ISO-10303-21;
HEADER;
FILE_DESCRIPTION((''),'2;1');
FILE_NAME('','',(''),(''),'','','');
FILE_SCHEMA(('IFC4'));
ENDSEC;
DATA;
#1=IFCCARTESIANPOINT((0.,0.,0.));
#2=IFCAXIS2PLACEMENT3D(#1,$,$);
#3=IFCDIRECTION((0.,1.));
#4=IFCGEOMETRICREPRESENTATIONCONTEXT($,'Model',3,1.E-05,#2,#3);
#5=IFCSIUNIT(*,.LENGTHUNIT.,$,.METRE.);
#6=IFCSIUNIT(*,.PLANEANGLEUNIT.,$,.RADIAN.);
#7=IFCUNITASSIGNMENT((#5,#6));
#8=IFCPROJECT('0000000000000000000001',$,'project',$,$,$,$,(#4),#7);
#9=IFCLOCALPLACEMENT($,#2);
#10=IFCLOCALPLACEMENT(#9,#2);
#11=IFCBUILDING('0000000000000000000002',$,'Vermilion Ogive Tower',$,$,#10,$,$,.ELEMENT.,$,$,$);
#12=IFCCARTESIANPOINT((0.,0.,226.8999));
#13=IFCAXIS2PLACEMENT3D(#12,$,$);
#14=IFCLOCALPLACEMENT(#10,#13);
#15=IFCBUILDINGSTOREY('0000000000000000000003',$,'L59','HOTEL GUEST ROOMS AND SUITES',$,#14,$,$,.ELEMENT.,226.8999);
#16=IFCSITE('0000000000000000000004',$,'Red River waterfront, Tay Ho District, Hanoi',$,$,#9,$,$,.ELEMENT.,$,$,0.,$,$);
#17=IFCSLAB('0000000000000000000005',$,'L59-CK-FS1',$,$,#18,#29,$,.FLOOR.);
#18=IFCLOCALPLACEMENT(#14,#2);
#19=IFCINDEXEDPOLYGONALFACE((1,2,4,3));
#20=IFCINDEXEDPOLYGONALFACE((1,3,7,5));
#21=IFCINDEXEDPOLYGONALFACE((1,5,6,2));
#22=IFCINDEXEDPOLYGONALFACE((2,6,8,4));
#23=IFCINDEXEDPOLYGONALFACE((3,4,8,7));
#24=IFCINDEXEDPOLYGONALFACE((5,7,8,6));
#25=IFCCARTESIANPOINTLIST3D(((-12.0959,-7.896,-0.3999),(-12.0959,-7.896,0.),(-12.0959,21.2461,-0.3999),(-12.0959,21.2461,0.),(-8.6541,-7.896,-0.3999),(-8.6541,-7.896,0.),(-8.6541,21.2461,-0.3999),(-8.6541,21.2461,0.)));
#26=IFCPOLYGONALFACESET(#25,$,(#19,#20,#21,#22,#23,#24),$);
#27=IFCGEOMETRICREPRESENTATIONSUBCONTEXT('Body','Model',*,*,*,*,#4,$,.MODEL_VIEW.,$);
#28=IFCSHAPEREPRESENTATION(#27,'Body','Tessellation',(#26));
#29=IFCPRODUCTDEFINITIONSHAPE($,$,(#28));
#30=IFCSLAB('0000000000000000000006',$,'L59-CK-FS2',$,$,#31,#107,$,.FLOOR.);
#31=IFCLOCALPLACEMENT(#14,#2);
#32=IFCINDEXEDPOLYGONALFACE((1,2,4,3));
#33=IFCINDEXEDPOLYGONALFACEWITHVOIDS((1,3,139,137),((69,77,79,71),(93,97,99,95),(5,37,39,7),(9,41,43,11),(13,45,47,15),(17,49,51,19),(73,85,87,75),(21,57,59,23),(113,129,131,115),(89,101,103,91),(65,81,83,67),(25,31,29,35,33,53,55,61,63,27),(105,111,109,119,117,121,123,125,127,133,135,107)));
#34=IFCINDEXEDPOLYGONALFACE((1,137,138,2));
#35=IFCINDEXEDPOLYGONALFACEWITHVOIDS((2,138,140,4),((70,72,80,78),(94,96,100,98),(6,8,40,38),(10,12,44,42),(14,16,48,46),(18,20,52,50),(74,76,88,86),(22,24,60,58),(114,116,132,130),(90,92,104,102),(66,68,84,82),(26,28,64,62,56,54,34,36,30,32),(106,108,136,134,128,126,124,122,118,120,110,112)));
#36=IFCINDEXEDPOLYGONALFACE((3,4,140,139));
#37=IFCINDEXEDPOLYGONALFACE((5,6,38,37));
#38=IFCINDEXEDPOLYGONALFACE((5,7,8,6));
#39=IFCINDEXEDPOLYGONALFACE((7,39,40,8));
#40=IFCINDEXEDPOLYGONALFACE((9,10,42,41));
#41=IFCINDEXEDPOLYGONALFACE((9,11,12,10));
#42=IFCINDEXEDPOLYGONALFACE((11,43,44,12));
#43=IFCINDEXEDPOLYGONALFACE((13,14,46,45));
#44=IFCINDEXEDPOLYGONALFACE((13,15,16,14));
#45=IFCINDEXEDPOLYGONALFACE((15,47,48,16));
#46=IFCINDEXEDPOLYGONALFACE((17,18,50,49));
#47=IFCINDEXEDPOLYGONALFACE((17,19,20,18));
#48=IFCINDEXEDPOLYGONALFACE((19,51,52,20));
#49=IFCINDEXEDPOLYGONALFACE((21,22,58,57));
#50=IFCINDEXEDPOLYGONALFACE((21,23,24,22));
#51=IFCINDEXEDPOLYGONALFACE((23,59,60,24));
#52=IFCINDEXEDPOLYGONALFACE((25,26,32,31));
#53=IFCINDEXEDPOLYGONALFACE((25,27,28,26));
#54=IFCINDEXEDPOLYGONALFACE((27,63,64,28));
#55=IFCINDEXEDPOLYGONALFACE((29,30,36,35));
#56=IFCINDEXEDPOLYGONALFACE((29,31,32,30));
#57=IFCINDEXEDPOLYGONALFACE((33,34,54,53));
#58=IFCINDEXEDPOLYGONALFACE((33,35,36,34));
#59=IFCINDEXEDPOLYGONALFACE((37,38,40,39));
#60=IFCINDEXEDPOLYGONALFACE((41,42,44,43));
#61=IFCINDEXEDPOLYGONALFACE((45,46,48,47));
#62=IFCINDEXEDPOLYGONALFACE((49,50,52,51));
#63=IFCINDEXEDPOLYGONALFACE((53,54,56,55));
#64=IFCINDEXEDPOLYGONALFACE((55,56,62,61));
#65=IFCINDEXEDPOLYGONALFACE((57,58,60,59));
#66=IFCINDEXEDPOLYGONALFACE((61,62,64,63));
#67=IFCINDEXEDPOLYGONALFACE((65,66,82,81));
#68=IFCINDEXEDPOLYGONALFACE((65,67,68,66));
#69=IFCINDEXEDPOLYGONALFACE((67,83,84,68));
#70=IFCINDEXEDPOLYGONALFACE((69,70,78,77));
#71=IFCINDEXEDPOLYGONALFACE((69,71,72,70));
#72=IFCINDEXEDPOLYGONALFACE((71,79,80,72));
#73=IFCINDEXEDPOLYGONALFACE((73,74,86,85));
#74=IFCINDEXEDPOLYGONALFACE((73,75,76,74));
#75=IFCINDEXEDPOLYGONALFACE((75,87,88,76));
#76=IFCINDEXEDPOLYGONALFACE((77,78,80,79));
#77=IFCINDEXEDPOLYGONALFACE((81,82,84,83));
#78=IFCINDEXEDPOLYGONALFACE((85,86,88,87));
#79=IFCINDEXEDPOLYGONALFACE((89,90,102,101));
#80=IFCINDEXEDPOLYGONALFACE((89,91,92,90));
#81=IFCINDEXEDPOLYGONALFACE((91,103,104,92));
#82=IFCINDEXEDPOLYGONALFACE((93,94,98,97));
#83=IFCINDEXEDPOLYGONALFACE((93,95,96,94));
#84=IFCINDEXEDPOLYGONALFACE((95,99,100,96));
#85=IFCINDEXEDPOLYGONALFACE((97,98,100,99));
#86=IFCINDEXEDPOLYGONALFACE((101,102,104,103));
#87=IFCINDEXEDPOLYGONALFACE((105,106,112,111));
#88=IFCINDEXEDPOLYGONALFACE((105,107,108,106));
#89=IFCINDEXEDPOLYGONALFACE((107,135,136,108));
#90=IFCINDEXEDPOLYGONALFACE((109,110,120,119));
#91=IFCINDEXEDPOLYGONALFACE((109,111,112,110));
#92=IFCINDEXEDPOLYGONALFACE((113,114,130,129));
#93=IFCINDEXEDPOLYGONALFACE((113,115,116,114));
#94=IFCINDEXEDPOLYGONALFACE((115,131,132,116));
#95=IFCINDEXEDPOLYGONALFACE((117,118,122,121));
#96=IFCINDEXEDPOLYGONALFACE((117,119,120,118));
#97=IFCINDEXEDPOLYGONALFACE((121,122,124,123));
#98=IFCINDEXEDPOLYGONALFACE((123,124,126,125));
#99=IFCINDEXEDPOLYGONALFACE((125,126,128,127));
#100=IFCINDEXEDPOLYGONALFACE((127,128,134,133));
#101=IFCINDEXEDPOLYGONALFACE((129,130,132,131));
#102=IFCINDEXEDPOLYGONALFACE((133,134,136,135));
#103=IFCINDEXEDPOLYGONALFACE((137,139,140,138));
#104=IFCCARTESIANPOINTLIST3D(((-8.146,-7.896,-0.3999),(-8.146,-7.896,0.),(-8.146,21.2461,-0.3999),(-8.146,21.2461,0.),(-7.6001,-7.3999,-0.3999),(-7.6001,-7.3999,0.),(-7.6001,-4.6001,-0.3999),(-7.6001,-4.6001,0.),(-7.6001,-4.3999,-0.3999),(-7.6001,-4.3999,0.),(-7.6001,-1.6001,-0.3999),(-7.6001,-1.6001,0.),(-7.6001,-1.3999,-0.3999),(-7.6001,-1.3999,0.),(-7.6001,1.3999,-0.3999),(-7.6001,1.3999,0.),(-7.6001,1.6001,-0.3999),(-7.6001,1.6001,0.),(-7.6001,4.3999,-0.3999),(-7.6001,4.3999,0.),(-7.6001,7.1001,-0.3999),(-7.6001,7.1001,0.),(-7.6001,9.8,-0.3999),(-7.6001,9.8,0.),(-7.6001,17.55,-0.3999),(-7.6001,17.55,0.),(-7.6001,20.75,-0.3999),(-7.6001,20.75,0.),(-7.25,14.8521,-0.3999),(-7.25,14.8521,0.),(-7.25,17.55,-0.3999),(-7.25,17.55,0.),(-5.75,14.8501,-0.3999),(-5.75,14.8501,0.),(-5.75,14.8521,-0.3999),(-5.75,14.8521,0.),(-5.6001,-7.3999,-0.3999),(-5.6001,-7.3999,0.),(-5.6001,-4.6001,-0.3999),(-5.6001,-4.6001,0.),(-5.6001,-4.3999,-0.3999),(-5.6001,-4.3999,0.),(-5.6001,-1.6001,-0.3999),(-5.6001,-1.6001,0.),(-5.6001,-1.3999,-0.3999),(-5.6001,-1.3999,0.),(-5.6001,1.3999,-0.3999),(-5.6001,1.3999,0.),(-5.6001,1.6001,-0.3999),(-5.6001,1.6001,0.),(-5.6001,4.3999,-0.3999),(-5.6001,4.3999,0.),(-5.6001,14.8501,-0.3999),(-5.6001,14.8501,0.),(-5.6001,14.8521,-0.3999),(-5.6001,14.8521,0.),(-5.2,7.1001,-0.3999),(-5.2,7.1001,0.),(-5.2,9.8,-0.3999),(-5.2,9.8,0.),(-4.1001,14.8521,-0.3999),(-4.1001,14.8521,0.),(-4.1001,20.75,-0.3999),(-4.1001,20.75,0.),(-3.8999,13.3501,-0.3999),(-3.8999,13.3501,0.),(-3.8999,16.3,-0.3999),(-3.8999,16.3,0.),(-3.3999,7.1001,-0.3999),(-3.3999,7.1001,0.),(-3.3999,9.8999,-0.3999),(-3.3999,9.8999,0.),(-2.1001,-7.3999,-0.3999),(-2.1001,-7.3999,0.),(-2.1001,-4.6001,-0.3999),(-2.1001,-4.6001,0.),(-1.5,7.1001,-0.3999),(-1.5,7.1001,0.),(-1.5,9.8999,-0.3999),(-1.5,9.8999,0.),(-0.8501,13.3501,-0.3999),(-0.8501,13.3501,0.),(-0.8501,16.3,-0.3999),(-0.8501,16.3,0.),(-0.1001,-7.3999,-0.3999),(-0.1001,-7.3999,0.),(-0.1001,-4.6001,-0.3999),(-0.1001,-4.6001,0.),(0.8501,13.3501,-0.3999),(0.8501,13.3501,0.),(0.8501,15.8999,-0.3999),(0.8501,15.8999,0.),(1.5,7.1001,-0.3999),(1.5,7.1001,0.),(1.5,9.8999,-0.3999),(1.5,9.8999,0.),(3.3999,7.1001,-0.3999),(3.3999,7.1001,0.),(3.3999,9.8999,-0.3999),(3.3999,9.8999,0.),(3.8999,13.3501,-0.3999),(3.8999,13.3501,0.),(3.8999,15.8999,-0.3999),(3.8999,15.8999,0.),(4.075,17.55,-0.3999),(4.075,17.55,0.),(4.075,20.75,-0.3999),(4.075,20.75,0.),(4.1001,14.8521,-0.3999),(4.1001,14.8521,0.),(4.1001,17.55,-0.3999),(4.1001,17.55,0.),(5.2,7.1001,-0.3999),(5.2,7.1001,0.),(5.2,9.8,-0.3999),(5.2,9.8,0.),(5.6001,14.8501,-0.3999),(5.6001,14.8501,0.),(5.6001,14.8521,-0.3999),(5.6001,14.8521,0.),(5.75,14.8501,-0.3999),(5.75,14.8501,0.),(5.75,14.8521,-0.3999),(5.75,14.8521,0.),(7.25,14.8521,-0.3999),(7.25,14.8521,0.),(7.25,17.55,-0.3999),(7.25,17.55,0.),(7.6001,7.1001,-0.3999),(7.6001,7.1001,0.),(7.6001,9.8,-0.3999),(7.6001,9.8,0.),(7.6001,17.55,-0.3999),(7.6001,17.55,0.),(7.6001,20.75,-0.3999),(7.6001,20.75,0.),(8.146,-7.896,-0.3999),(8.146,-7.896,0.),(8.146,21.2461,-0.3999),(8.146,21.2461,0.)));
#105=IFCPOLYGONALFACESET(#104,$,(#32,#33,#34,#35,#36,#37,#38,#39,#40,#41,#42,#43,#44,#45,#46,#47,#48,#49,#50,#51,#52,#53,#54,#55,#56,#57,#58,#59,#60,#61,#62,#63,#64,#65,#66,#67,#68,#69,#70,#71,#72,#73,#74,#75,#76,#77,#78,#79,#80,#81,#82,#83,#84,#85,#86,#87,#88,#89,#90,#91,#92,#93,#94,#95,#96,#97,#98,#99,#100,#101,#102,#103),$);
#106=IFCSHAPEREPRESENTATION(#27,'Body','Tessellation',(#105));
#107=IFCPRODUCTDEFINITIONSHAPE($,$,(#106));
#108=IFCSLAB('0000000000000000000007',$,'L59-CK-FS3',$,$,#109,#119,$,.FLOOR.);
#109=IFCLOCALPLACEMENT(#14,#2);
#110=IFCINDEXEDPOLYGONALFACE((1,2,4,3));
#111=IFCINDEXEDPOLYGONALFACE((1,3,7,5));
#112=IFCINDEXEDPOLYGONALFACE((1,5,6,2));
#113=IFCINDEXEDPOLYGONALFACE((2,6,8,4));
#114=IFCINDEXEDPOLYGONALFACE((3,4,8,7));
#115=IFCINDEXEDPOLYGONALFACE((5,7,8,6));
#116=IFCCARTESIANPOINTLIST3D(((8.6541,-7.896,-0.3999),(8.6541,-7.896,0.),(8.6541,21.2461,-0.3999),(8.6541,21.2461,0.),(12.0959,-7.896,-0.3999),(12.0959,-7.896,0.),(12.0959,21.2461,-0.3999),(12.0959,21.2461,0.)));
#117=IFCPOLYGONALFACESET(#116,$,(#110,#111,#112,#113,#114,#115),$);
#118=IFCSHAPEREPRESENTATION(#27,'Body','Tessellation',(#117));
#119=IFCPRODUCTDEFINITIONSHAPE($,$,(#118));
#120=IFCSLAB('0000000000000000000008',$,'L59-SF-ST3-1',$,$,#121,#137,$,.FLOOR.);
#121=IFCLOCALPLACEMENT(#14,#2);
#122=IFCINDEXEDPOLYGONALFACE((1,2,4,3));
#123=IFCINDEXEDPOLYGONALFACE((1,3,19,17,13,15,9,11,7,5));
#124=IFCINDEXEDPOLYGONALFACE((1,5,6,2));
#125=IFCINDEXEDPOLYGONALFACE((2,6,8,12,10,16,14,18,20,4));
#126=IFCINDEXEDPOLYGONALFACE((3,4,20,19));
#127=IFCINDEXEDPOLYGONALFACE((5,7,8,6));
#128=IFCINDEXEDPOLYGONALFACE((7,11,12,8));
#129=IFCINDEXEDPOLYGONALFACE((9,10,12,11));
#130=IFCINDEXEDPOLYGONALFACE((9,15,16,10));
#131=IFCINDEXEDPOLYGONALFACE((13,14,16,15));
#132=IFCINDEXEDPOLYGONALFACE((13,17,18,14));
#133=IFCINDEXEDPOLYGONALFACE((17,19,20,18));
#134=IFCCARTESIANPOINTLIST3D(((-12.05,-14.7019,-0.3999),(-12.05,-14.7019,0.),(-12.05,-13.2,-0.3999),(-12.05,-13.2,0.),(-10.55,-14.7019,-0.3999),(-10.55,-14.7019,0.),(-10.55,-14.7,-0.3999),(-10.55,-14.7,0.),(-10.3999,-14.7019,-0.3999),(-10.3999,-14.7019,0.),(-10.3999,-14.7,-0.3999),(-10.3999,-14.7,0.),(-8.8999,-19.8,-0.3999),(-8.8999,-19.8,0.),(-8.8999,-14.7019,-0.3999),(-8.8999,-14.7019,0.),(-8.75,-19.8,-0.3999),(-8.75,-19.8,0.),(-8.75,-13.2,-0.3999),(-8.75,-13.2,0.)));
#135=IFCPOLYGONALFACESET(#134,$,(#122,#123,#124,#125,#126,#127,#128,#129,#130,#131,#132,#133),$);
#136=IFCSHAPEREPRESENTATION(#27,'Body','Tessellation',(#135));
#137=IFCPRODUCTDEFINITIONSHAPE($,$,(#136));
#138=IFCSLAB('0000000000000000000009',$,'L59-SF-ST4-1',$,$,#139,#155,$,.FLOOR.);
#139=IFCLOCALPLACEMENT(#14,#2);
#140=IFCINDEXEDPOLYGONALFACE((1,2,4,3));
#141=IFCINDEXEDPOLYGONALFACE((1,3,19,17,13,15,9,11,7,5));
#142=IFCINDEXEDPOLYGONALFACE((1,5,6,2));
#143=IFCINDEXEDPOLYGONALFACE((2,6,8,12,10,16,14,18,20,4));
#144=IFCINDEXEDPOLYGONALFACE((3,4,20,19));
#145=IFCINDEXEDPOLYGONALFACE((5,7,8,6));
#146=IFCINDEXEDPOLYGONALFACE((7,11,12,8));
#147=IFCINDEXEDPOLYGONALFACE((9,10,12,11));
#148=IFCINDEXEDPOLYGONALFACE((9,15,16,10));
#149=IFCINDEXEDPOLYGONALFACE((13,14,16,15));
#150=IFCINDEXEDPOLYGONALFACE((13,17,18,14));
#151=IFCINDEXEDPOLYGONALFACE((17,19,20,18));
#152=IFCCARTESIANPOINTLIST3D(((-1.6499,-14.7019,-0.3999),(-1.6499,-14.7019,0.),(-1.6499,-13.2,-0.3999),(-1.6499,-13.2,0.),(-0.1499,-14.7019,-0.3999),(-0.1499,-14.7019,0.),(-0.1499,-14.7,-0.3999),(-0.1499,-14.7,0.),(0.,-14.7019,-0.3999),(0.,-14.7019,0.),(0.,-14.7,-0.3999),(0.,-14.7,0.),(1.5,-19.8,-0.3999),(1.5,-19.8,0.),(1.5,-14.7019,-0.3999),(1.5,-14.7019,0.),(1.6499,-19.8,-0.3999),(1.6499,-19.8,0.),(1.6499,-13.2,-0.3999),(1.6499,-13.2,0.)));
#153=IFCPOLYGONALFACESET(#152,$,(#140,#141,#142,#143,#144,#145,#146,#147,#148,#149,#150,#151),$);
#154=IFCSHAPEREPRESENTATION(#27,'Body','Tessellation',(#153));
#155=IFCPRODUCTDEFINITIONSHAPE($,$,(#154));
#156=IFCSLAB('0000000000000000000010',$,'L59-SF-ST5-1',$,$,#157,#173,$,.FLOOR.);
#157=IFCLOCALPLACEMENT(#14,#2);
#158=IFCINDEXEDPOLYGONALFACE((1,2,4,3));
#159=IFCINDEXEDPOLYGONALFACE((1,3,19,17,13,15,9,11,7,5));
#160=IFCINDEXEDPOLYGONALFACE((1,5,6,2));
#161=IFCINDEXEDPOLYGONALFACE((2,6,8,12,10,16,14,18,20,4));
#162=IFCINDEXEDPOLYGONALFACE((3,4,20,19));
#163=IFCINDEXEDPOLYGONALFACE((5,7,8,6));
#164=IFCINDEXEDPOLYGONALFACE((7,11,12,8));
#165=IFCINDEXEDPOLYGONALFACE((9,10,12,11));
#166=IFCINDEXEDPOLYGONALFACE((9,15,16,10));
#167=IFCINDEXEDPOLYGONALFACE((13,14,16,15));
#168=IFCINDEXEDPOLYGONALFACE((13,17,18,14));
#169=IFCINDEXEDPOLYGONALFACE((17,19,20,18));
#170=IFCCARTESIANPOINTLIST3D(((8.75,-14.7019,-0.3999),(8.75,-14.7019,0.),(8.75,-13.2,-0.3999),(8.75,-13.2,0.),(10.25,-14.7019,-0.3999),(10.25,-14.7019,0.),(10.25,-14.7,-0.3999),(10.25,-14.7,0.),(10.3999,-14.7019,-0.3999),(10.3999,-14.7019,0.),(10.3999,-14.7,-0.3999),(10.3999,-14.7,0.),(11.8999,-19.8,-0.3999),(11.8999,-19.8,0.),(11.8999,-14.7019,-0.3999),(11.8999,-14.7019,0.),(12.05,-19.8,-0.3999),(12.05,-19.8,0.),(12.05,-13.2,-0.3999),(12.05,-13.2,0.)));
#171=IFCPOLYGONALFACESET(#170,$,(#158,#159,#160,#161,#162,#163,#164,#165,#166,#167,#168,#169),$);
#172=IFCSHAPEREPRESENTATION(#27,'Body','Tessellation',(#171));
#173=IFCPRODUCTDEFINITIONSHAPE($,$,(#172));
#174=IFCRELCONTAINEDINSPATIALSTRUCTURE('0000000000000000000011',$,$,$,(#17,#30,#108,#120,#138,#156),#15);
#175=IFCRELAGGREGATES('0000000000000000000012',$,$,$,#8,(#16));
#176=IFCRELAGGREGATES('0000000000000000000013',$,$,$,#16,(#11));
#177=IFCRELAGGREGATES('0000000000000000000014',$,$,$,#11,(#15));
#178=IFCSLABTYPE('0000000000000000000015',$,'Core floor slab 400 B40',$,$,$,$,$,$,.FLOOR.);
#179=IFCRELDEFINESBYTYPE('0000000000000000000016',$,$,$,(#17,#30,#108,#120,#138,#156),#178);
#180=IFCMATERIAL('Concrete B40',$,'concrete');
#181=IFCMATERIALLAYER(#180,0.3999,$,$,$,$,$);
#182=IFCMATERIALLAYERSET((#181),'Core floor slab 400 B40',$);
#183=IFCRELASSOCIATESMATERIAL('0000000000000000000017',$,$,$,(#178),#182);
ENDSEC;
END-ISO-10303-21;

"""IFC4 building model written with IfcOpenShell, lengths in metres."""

from ifc_helpers import new_model, si_unit, direction, frame, origin, place, context, subcontext, project, spatial, polyline, outline, extrude, material, layer, layer_set, type_object, element, save


model = new_model("IFC4")

# Units and contexts
model_context = context("Model", 3, precision=1e-05, world=origin(), true_north=direction((0.0, 1.0)))
body_context = subcontext(model_context, "Body", "Model", "MODEL_VIEW")
ifc_project = project(units=[si_unit("LENGTHUNIT", "METRE"), si_unit("PLANEANGLEUNIT", "RADIAN")], contexts=[model_context])

# Site, building, storey
site_placement = place(None, origin())
site = spatial("IfcSite", under=ifc_project, at=site_placement, Name="Red River waterfront, Tay Ho District, Hanoi", CompositionType="ELEMENT", RefElevation=0.0)
building_placement = place(site_placement, origin())
building = spatial("IfcBuilding", under=site, at=building_placement, Name="Vermilion Ogive Tower", CompositionType="ELEMENT")
storey_placement = place(building_placement, frame((0.0, 0.0, 226.8999)))
storey = spatial("IfcBuildingStorey", under=building, at=storey_placement, Name="L59", Description="HOTEL GUEST ROOMS AND SUITES", CompositionType="ELEMENT", Elevation=226.8999)

# Slabs
ifc_material_1 = material(Name="Concrete B40", Category="concrete")
ifc_layer_1 = layer(ifc_material_1, 0.3999)
ifc_layer_set_1 = layer_set([ifc_layer_1], Name="Core floor slab 400 B40")
slab_type_1 = type_object("IfcSlabType", Name="Core floor slab 400 B40", PredefinedType="FLOOR", material=ifc_layer_set_1)
slab_1_placement = place(storey_placement, frame((0.0, 0.0, -0.3999)))
element("IfcSlab", 1, at=slab_1_placement, inside=storey, type_object=slab_type_1, Name="L59-CK-FS1", PredefinedType="FLOOR", context=body_context, shape_type="SweptSolid", body=[
    extrude(outline(polyline([(-8.6541, 21.2461), (-8.6541, -7.896), (-12.0959, -7.896), (-12.0959, 21.2461), (-8.6541, 21.2461)])), origin(), (0.0, 0.0, 1.0), 0.3999),
])
slab_2_placement = place(storey_placement, frame((0.0, 0.0, -0.3999)))
element("IfcSlab", 2, at=slab_2_placement, inside=storey, type_object=slab_type_1, Name="L59-CK-FS2", PredefinedType="FLOOR", context=body_context, shape_type="SweptSolid", body=[
    extrude(outline(polyline([(-8.146, -7.896), (8.146, -7.896), (8.146, 21.2461), (-8.146, 21.2461), (-8.146, -7.896)]), holes=[polyline([(-7.6001, -7.3999), (-7.6001, -4.6001), (-5.6001, -4.6001), (-5.6001, -7.3999), (-7.6001, -7.3999)]), polyline([(-7.6001, -4.3999), (-7.6001, -1.6001), (-5.6001, -1.6001), (-5.6001, -4.3999), (-7.6001, -4.3999)]), polyline([(-7.6001, -1.3999), (-7.6001, 1.3999), (-5.6001, 1.3999), (-5.6001, -1.3999), (-7.6001, -1.3999)]), polyline([(-7.6001, 1.6001), (-7.6001, 4.3999), (-5.6001, 4.3999), (-5.6001, 1.6001), (-7.6001, 1.6001)]), polyline([(-7.6001, 7.1001), (-7.6001, 9.8), (-5.2, 9.8), (-5.2, 7.1001), (-7.6001, 7.1001)]), polyline([(-3.3999, 9.8999), (-1.5, 9.8999), (-1.5, 7.1001), (-3.3999, 7.1001), (-3.3999, 9.8999)]), polyline([(-7.6001, 17.55), (-7.6001, 20.75), (-4.1001, 20.75), (-4.1001, 14.8521), (-5.6001, 14.8521), (-5.6001, 14.8501), (-5.75, 14.8501), (-5.75, 14.8521), (-7.25, 14.8521), (-7.25, 17.55), (-7.6001, 17.55)]), polyline([(-2.1001, -7.3999), (-2.1001, -4.6001), (-0.1001, -4.6001), (-0.1001, -7.3999), (-2.1001, -7.3999)]), polyline([(5.2, 7.1001), (5.2, 9.8), (7.6001, 9.8), (7.6001, 7.1001), (5.2, 7.1001)]), polyline([(1.5, 7.1001), (1.5, 9.8999), (3.3999, 9.8999), (3.3999, 7.1001), (1.5, 7.1001)]), polyline([(0.8501, 13.3501), (0.8501, 15.8999), (3.8999, 15.8999), (3.8999, 13.3501), (0.8501, 13.3501)]), polyline([(-3.8999, 16.3), (-0.8501, 16.3), (-0.8501, 13.3501), (-3.8999, 13.3501), (-3.8999, 16.3)]), polyline([(5.75, 14.8501), (5.6001, 14.8501), (5.6001, 14.8521), (4.1001, 14.8521), (4.1001, 17.55), (4.075, 17.55), (4.075, 20.75), (7.6001, 20.75), (7.6001, 17.55), (7.25, 17.55), (7.25, 14.8521), (5.75, 14.8521), (5.75, 14.8501)])]), origin(), (0.0, 0.0, 1.0), 0.3999),
])
slab_3_placement = place(storey_placement, frame((0.0, 0.0, -0.3999)))
element("IfcSlab", 3, at=slab_3_placement, inside=storey, type_object=slab_type_1, Name="L59-CK-FS3", PredefinedType="FLOOR", context=body_context, shape_type="SweptSolid", body=[
    extrude(outline(polyline([(8.6541, 21.2461), (12.0959, 21.2461), (12.0959, -7.896), (8.6541, -7.896), (8.6541, 21.2461)])), origin(), (0.0, 0.0, 1.0), 0.3999),
])
slab_4_placement = place(storey_placement, frame((0.0, 0.0, -0.3999)))
element("IfcSlab", 4, at=slab_4_placement, inside=storey, type_object=slab_type_1, Name="L59-SF-ST3-1", PredefinedType="FLOOR", context=body_context, shape_type="SweptSolid", body=[
    extrude(outline(polyline([(-12.05, -13.2), (-12.05, -14.7019), (-10.55, -14.7019), (-10.55, -14.7), (-10.3999, -14.7), (-10.3999, -14.7019), (-8.8999, -14.7019), (-8.8999, -19.8), (-8.75, -19.8), (-8.75, -13.2), (-12.05, -13.2)])), origin(), (0.0, 0.0, 1.0), 0.3999),
])
slab_5_placement = place(storey_placement, frame((0.0, 0.0, -0.3999)))
element("IfcSlab", 5, at=slab_5_placement, inside=storey, type_object=slab_type_1, Name="L59-SF-ST4-1", PredefinedType="FLOOR", context=body_context, shape_type="SweptSolid", body=[
    extrude(outline(polyline([(-1.6499, -13.2), (-1.6499, -14.7019), (-0.1499, -14.7019), (-0.1499, -14.7), (0.0, -14.7), (0.0, -14.7019), (1.5, -14.7019), (1.5, -19.8), (1.6499, -19.8), (1.6499, -13.2), (-1.6499, -13.2)])), origin(), (0.0, 0.0, 1.0), 0.3999),
])
slab_6_placement = place(storey_placement, frame((0.0, 0.0, -0.3999)))
element("IfcSlab", 6, at=slab_6_placement, inside=storey, type_object=slab_type_1, Name="L59-SF-ST5-1", PredefinedType="FLOOR", context=body_context, shape_type="SweptSolid", body=[
    extrude(outline(polyline([(8.75, -13.2), (8.75, -14.7019), (10.25, -14.7019), (10.25, -14.7), (10.3999, -14.7), (10.3999, -14.7019), (11.8999, -14.7019), (11.8999, -19.8), (12.05, -19.8), (12.05, -13.2), (8.75, -13.2)])), origin(), (0.0, 0.0, 1.0), 0.3999),
])

save(model, "model.ifc")
